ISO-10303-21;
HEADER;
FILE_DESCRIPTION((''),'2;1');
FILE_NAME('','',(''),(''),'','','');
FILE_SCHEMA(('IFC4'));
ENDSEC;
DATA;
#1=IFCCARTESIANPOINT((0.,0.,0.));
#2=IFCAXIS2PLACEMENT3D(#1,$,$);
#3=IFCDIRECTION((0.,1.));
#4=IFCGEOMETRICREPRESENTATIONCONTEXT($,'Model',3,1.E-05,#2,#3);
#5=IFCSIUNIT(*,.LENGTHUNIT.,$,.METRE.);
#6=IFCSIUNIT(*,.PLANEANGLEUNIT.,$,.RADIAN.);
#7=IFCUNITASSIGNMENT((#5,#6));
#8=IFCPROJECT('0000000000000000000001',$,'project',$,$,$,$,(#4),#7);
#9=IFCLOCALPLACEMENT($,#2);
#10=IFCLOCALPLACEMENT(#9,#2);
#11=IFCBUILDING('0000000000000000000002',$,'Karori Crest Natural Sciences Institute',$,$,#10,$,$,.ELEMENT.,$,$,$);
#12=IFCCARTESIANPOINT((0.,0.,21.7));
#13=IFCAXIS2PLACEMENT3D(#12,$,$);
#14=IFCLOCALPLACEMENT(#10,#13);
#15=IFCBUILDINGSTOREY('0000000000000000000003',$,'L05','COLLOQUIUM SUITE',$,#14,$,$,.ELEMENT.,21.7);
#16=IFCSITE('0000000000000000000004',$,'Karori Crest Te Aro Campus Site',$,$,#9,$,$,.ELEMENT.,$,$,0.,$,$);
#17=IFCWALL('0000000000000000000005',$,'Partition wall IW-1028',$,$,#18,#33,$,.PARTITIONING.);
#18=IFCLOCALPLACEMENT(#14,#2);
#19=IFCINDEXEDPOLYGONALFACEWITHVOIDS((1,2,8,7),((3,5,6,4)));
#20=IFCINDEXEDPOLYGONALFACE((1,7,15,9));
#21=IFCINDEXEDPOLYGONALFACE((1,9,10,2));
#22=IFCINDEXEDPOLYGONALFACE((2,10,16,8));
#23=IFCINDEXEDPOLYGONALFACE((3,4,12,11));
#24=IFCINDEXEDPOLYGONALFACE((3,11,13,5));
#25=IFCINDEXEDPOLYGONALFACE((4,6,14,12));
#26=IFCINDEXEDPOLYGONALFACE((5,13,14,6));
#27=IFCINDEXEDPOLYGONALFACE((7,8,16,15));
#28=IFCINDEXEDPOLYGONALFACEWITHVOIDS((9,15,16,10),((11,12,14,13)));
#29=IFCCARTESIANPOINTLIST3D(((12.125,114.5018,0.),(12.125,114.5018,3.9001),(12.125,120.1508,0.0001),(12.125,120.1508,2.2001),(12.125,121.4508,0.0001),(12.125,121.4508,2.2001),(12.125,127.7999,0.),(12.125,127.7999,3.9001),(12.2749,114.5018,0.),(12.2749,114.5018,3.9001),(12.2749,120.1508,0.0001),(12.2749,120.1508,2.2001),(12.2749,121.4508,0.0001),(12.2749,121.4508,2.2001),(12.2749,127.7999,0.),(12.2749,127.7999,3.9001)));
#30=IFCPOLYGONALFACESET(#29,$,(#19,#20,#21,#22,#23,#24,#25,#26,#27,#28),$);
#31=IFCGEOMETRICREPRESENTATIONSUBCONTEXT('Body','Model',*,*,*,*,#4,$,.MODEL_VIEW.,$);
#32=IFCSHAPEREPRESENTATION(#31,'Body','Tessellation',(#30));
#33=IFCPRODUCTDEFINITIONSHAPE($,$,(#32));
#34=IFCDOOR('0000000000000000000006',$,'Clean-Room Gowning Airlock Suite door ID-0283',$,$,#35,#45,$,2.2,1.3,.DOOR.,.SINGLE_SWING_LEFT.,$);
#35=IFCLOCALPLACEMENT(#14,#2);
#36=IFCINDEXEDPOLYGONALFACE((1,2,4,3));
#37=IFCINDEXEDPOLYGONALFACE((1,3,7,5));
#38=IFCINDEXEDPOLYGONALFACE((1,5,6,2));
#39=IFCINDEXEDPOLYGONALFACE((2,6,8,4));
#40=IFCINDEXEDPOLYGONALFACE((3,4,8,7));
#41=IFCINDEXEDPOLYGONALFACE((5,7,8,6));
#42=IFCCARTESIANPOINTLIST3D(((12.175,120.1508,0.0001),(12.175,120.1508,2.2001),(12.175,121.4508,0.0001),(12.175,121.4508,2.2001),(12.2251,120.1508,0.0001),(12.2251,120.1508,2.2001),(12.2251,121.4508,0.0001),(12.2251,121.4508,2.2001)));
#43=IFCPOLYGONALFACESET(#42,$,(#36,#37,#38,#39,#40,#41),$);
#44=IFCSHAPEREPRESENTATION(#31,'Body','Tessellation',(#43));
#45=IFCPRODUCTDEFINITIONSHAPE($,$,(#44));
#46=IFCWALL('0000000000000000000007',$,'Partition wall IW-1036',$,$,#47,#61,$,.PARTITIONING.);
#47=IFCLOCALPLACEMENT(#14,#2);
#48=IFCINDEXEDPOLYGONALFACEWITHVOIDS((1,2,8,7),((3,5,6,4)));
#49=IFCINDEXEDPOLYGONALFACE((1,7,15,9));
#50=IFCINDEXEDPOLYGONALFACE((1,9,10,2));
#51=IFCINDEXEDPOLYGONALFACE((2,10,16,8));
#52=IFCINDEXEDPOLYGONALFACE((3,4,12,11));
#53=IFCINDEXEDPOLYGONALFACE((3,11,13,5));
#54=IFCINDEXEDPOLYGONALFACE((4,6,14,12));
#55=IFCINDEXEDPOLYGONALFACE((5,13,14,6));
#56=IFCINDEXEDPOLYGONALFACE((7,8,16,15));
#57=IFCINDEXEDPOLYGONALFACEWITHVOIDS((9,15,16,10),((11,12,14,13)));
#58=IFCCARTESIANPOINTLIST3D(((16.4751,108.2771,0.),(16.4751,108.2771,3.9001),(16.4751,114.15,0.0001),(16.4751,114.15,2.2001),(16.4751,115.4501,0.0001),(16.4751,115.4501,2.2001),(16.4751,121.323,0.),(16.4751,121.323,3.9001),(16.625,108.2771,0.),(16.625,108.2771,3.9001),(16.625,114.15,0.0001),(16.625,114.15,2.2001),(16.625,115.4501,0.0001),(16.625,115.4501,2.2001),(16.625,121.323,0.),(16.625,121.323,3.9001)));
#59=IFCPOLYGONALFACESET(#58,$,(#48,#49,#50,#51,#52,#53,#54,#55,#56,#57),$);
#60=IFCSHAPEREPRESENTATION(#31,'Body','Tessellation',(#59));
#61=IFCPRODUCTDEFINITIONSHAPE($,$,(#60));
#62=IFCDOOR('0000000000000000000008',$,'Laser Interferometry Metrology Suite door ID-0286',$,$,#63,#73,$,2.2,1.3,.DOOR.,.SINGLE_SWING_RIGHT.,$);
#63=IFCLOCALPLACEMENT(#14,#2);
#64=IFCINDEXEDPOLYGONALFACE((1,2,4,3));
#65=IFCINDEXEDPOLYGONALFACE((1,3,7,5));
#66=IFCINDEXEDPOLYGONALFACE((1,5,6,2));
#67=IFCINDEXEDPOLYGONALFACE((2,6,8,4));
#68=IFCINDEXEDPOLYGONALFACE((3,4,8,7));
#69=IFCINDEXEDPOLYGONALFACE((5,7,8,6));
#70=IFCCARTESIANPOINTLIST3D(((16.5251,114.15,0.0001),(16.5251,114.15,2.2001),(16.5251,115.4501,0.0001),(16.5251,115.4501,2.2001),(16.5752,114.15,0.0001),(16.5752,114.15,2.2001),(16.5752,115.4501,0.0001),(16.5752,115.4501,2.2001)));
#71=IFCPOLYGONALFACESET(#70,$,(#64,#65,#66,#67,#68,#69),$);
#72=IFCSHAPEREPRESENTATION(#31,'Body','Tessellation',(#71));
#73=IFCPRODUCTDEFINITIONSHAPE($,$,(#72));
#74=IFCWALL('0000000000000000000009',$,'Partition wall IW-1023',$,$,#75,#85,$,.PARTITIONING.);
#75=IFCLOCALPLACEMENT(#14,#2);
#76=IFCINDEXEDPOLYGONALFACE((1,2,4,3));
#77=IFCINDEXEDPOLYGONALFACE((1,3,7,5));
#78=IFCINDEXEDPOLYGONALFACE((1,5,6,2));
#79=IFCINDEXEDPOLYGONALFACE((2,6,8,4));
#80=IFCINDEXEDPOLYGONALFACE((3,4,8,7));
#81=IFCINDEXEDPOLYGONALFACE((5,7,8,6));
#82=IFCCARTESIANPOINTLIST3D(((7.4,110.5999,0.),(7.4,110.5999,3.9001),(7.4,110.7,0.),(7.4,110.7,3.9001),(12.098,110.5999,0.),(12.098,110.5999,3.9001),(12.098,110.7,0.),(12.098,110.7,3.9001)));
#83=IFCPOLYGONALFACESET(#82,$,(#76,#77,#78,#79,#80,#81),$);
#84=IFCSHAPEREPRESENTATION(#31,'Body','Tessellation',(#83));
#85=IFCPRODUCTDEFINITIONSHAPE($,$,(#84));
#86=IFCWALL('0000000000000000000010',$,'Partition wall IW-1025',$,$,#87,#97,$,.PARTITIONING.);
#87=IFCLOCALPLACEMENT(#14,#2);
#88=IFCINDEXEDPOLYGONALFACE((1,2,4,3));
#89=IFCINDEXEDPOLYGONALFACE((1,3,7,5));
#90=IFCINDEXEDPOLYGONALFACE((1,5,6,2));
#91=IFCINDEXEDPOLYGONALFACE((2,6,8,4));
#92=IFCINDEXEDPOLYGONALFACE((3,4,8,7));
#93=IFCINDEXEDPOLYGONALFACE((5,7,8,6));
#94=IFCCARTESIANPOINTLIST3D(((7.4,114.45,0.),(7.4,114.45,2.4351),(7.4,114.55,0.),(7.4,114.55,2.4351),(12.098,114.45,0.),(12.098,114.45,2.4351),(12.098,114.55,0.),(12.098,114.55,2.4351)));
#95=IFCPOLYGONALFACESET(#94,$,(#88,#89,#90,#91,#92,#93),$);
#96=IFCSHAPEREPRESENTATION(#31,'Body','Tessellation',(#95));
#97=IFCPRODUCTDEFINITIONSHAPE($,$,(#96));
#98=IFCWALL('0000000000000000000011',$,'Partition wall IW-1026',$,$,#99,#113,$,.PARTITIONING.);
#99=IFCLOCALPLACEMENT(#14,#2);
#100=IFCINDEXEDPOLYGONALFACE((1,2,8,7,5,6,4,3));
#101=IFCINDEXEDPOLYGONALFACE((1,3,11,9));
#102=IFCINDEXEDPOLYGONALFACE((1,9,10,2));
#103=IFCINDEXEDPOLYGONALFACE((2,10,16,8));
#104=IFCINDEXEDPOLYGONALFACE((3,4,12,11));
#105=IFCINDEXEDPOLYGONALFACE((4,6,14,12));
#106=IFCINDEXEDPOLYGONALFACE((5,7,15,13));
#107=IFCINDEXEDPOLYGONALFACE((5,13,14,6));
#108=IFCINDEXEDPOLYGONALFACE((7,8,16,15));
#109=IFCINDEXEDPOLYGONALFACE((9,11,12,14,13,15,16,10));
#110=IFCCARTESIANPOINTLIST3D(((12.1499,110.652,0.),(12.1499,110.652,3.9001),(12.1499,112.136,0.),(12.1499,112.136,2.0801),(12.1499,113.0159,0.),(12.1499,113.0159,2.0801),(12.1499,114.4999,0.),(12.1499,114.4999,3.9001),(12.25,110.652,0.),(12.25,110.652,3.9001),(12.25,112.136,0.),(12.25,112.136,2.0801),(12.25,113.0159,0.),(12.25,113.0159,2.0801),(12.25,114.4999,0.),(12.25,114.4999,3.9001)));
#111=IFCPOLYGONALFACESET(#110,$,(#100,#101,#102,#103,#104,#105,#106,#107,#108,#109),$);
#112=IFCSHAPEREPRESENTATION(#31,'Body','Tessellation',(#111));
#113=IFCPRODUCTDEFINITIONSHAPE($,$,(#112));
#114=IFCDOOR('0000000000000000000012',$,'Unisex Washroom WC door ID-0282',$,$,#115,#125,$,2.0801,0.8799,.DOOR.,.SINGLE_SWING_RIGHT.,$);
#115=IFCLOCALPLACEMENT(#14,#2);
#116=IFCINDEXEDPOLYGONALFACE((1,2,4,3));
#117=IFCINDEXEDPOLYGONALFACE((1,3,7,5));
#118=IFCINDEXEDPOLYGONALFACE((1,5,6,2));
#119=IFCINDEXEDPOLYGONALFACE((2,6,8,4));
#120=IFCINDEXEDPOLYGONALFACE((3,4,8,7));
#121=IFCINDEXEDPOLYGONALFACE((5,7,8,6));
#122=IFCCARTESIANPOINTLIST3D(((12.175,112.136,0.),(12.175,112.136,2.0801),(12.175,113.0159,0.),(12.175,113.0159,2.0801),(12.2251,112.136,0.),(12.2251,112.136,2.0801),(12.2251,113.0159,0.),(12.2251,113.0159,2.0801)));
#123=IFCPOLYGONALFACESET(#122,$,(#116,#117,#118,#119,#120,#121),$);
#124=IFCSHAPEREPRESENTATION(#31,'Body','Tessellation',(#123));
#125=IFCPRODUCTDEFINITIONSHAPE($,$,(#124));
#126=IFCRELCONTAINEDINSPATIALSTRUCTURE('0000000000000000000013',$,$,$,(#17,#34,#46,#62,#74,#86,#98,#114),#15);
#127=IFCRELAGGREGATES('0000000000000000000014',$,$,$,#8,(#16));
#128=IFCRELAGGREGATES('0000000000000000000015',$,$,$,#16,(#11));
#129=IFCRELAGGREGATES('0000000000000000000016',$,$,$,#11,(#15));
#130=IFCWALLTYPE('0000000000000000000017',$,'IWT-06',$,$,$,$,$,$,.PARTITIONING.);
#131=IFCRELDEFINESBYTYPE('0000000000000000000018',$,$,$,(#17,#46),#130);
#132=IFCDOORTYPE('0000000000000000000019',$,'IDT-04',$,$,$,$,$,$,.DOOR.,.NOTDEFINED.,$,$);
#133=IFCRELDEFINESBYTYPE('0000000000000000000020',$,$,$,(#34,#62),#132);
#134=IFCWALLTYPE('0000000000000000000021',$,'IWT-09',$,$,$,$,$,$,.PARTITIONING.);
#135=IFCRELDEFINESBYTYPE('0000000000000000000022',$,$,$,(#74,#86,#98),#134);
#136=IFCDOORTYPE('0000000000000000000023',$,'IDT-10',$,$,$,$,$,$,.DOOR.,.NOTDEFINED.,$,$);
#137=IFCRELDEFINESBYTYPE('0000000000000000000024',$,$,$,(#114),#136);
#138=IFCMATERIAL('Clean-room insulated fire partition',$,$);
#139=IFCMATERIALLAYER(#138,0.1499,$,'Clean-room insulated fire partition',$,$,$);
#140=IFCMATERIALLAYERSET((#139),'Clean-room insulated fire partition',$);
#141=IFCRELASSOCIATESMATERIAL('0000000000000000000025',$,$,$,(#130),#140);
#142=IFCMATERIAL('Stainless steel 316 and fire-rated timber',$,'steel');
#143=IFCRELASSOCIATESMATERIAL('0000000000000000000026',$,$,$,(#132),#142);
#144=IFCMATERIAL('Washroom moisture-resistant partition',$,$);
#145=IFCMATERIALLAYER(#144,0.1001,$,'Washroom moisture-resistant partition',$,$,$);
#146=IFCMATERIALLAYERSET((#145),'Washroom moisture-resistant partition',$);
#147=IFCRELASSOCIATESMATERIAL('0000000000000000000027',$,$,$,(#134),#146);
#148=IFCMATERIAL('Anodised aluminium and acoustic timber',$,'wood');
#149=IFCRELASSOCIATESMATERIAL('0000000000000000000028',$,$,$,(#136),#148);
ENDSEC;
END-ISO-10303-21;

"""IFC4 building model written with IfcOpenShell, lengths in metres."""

from ifc_helpers import new_model, si_unit, direction, frame, frame_2d, origin, place, context, subcontext, project, spatial, rectangle, extrude, material, layer, layer_set, type_object, element, fill, save


model = new_model("IFC4")

# Units and contexts
model_context = context("Model", 3, precision=1e-05, world=origin(), true_north=direction((0.0, 1.0)))
body_context = subcontext(model_context, "Body", "Model", "MODEL_VIEW")
ifc_project = project(units=[si_unit("LENGTHUNIT", "METRE"), si_unit("PLANEANGLEUNIT", "RADIAN")], contexts=[model_context])

# Site, building, storey
site_placement = place(None, origin())
site = spatial("IfcSite", under=ifc_project, at=site_placement, Name="Karori Crest Te Aro Campus Site", CompositionType="ELEMENT", RefElevation=0.0)
building_placement = place(site_placement, origin())
building = spatial("IfcBuilding", under=site, at=building_placement, Name="Karori Crest Natural Sciences Institute", CompositionType="ELEMENT")
storey_placement = place(building_placement, frame((0.0, 0.0, 21.7)))
storey = spatial("IfcBuildingStorey", under=building, at=storey_placement, Name="L05", Description="COLLOQUIUM SUITE", CompositionType="ELEMENT", Elevation=21.7)

# Walls, openings, doors
ifc_material_1 = material(Name="Clean-room insulated fire partition")
ifc_layer_1 = layer(ifc_material_1, 0.1499, Name="Clean-room insulated fire partition")
ifc_layer_set_1 = layer_set([ifc_layer_1], Name="Clean-room insulated fire partition")
wall_type_1 = type_object("IfcWallType", Name="IWT-06", PredefinedType="PARTITIONING", material=ifc_layer_set_1)
wall_1_placement = place(storey_placement, frame((12.2, 114.502, 0.0), z_axis=(0.0, 0.0, 1.0), x_axis=(0.0, 1.0, 0.0)))
wall_1 = element("IfcWall", 1, at=wall_1_placement, inside=storey, type_object=wall_type_1, Name="Partition wall IW-1028", PredefinedType="PARTITIONING", context=body_context, shape_type="SweptSolid", body=[
    extrude(rectangle(XDim=13.2981, YDim=0.1499, at=frame_2d((6.6489, 0.0))), origin(), (0.0, 0.0, 1.0), 3.9001),
])
opening_1_placement = place(wall_1_placement, frame((5.6489, 0.0, 0.0)))
opening_1 = element("IfcOpeningElement", 2, at=opening_1_placement, cuts=wall_1, PredefinedType="OPENING", context=body_context, shape_type="SweptSolid", body=[
    extrude(rectangle(XDim=1.3, YDim=2.2, at=frame_2d((0.6499, 1.1001))), frame((0.0, 0.085, 0.0), z_axis=(0.0, -1.0, 0.0), x_axis=(1.0, 0.0, 0.0)), (0.0, 0.0, 1.0), 0.1699),
])
ifc_material_2 = material(Name="Stainless steel 316 and fire-rated timber", Category="steel")
door_type_1 = type_object("IfcDoorType", Name="IDT-04", OperationType="NOTDEFINED", PredefinedType="DOOR", material=ifc_material_2)
door_1_placement = place(opening_1_placement, origin())
door_1 = element("IfcDoor", 3, at=door_1_placement, inside=storey, type_object=door_type_1, Name="Clean-Room Gowning Airlock Suite door ID-0283", OperationType="SINGLE_SWING_LEFT", OverallHeight=2.2, OverallWidth=1.3, PredefinedType="DOOR", context=body_context, shape_type="SweptSolid", body=[
    extrude(rectangle(XDim=1.3, YDim=2.2, at=frame_2d((0.6499, 1.1001))), frame((0.0, 0.0249, 0.0), z_axis=(0.0, -1.0, 0.0), x_axis=(1.0, 0.0, 0.0)), (0.0, 0.0, 1.0), 0.05),
])
fill(opening_1, door_1)
wall_2_placement = place(storey_placement, frame((16.55, 108.2771, 0.0), z_axis=(0.0, 0.0, 1.0), x_axis=(0.0, 1.0, 0.0)))
wall_2 = element("IfcWall", 4, at=wall_2_placement, inside=storey, type_object=wall_type_1, Name="Partition wall IW-1036", PredefinedType="PARTITIONING", context=body_context, shape_type="SweptSolid", body=[
    extrude(rectangle(XDim=13.0459, YDim=0.1499, at=frame_2d((6.5229, 0.0))), origin(), (0.0, 0.0, 1.0), 3.9001),
])
opening_2_placement = place(wall_2_placement, frame((5.873, 0.0, 0.0)))
opening_2 = element("IfcOpeningElement", 5, at=opening_2_placement, cuts=wall_2, PredefinedType="OPENING", context=body_context, shape_type="SweptSolid", body=[
    extrude(rectangle(XDim=1.3, YDim=2.2, at=frame_2d((0.6499, 1.1001))), frame((0.0, 0.085, 0.0), z_axis=(0.0, -1.0, 0.0), x_axis=(1.0, 0.0, 0.0)), (0.0, 0.0, 1.0), 0.1699),
])
door_2_placement = place(opening_2_placement, origin())
door_2 = element("IfcDoor", 6, at=door_2_placement, inside=storey, type_object=door_type_1, Name="Laser Interferometry Metrology Suite door ID-0286", OperationType="SINGLE_SWING_RIGHT", OverallHeight=2.2, OverallWidth=1.3, PredefinedType="DOOR", context=body_context, shape_type="SweptSolid", body=[
    extrude(rectangle(XDim=1.3, YDim=2.2, at=frame_2d((0.6499, 1.1001))), frame((0.0, 0.0249, 0.0), z_axis=(0.0, -1.0, 0.0), x_axis=(1.0, 0.0, 0.0)), (0.0, 0.0, 1.0), 0.05),
])
fill(opening_2, door_2)

# Walls
ifc_material_3 = material(Name="Washroom moisture-resistant partition")
ifc_layer_2 = layer(ifc_material_3, 0.1001, Name="Washroom moisture-resistant partition")
ifc_layer_set_2 = layer_set([ifc_layer_2], Name="Washroom moisture-resistant partition")
wall_type_2 = type_object("IfcWallType", Name="IWT-09", PredefinedType="PARTITIONING", material=ifc_layer_set_2)
wall_3_placement = place(storey_placement, frame((7.3999, 110.6499, 0.0), z_axis=(0.0, 0.0, 1.0), x_axis=(1.0, 0.0, 0.0)))
element("IfcWall", 7, at=wall_3_placement, inside=storey, type_object=wall_type_2, Name="Partition wall IW-1023", PredefinedType="PARTITIONING", context=body_context, shape_type="SweptSolid", body=[
    extrude(rectangle(XDim=4.698, YDim=0.1001, at=frame_2d((2.3491, 0.0))), origin(), (0.0, 0.0, 1.0), 3.9001),
])
wall_4_placement = place(storey_placement, frame((7.3999, 114.5, 0.0), z_axis=(0.0, 0.0, 1.0), x_axis=(1.0, 0.0, 0.0)))
element("IfcWall", 8, at=wall_4_placement, inside=storey, type_object=wall_type_2, Name="Partition wall IW-1025", PredefinedType="PARTITIONING", context=body_context, shape_type="SweptSolid", body=[
    extrude(rectangle(XDim=4.698, YDim=0.1001, at=frame_2d((2.3491, 0.0))), origin(), (0.0, 0.0, 1.0), 2.4351),
])

# Wall, opening, door
wall_5_placement = place(storey_placement, frame((12.2, 110.6521, 0.0), z_axis=(0.0, 0.0, 1.0), x_axis=(0.0, 1.0, 0.0)))
wall_5 = element("IfcWall", 9, at=wall_5_placement, inside=storey, type_object=wall_type_2, Name="Partition wall IW-1026", PredefinedType="PARTITIONING", context=body_context, shape_type="SweptSolid", body=[
    extrude(rectangle(XDim=3.8479, YDim=0.1001, at=frame_2d((1.9238, 0.0))), origin(), (0.0, 0.0, 1.0), 3.9001),
])
opening_3_placement = place(wall_5_placement, frame((1.4839, 0.0, 0.0)))
opening_3 = element("IfcOpeningElement", 10, at=opening_3_placement, cuts=wall_5, PredefinedType="OPENING", context=body_context, shape_type="SweptSolid", body=[
    extrude(rectangle(XDim=0.8799, YDim=2.0801, at=frame_2d((0.4399, 1.04))), frame((0.0, 0.0601, 0.0), z_axis=(0.0, -1.0, 0.0), x_axis=(1.0, 0.0, 0.0)), (0.0, 0.0, 1.0), 0.1201),
])
ifc_material_4 = material(Name="Anodised aluminium and acoustic timber", Category="wood")
door_type_2 = type_object("IfcDoorType", Name="IDT-10", OperationType="NOTDEFINED", PredefinedType="DOOR", material=ifc_material_4)
door_3_placement = place(opening_3_placement, origin())
door_3 = element("IfcDoor", 11, at=door_3_placement, inside=storey, type_object=door_type_2, Name="Unisex Washroom WC door ID-0282", OperationType="SINGLE_SWING_RIGHT", OverallHeight=2.0801, OverallWidth=0.8799, PredefinedType="DOOR", context=body_context, shape_type="SweptSolid", body=[
    extrude(rectangle(XDim=0.8799, YDim=2.0801, at=frame_2d((0.4399, 1.04))), frame((0.0, 0.0249, 0.0), z_axis=(0.0, -1.0, 0.0), x_axis=(1.0, 0.0, 0.0)), (0.0, 0.0, 1.0), 0.05),
])
fill(opening_3, door_3)

save(model, "model.ifc")
